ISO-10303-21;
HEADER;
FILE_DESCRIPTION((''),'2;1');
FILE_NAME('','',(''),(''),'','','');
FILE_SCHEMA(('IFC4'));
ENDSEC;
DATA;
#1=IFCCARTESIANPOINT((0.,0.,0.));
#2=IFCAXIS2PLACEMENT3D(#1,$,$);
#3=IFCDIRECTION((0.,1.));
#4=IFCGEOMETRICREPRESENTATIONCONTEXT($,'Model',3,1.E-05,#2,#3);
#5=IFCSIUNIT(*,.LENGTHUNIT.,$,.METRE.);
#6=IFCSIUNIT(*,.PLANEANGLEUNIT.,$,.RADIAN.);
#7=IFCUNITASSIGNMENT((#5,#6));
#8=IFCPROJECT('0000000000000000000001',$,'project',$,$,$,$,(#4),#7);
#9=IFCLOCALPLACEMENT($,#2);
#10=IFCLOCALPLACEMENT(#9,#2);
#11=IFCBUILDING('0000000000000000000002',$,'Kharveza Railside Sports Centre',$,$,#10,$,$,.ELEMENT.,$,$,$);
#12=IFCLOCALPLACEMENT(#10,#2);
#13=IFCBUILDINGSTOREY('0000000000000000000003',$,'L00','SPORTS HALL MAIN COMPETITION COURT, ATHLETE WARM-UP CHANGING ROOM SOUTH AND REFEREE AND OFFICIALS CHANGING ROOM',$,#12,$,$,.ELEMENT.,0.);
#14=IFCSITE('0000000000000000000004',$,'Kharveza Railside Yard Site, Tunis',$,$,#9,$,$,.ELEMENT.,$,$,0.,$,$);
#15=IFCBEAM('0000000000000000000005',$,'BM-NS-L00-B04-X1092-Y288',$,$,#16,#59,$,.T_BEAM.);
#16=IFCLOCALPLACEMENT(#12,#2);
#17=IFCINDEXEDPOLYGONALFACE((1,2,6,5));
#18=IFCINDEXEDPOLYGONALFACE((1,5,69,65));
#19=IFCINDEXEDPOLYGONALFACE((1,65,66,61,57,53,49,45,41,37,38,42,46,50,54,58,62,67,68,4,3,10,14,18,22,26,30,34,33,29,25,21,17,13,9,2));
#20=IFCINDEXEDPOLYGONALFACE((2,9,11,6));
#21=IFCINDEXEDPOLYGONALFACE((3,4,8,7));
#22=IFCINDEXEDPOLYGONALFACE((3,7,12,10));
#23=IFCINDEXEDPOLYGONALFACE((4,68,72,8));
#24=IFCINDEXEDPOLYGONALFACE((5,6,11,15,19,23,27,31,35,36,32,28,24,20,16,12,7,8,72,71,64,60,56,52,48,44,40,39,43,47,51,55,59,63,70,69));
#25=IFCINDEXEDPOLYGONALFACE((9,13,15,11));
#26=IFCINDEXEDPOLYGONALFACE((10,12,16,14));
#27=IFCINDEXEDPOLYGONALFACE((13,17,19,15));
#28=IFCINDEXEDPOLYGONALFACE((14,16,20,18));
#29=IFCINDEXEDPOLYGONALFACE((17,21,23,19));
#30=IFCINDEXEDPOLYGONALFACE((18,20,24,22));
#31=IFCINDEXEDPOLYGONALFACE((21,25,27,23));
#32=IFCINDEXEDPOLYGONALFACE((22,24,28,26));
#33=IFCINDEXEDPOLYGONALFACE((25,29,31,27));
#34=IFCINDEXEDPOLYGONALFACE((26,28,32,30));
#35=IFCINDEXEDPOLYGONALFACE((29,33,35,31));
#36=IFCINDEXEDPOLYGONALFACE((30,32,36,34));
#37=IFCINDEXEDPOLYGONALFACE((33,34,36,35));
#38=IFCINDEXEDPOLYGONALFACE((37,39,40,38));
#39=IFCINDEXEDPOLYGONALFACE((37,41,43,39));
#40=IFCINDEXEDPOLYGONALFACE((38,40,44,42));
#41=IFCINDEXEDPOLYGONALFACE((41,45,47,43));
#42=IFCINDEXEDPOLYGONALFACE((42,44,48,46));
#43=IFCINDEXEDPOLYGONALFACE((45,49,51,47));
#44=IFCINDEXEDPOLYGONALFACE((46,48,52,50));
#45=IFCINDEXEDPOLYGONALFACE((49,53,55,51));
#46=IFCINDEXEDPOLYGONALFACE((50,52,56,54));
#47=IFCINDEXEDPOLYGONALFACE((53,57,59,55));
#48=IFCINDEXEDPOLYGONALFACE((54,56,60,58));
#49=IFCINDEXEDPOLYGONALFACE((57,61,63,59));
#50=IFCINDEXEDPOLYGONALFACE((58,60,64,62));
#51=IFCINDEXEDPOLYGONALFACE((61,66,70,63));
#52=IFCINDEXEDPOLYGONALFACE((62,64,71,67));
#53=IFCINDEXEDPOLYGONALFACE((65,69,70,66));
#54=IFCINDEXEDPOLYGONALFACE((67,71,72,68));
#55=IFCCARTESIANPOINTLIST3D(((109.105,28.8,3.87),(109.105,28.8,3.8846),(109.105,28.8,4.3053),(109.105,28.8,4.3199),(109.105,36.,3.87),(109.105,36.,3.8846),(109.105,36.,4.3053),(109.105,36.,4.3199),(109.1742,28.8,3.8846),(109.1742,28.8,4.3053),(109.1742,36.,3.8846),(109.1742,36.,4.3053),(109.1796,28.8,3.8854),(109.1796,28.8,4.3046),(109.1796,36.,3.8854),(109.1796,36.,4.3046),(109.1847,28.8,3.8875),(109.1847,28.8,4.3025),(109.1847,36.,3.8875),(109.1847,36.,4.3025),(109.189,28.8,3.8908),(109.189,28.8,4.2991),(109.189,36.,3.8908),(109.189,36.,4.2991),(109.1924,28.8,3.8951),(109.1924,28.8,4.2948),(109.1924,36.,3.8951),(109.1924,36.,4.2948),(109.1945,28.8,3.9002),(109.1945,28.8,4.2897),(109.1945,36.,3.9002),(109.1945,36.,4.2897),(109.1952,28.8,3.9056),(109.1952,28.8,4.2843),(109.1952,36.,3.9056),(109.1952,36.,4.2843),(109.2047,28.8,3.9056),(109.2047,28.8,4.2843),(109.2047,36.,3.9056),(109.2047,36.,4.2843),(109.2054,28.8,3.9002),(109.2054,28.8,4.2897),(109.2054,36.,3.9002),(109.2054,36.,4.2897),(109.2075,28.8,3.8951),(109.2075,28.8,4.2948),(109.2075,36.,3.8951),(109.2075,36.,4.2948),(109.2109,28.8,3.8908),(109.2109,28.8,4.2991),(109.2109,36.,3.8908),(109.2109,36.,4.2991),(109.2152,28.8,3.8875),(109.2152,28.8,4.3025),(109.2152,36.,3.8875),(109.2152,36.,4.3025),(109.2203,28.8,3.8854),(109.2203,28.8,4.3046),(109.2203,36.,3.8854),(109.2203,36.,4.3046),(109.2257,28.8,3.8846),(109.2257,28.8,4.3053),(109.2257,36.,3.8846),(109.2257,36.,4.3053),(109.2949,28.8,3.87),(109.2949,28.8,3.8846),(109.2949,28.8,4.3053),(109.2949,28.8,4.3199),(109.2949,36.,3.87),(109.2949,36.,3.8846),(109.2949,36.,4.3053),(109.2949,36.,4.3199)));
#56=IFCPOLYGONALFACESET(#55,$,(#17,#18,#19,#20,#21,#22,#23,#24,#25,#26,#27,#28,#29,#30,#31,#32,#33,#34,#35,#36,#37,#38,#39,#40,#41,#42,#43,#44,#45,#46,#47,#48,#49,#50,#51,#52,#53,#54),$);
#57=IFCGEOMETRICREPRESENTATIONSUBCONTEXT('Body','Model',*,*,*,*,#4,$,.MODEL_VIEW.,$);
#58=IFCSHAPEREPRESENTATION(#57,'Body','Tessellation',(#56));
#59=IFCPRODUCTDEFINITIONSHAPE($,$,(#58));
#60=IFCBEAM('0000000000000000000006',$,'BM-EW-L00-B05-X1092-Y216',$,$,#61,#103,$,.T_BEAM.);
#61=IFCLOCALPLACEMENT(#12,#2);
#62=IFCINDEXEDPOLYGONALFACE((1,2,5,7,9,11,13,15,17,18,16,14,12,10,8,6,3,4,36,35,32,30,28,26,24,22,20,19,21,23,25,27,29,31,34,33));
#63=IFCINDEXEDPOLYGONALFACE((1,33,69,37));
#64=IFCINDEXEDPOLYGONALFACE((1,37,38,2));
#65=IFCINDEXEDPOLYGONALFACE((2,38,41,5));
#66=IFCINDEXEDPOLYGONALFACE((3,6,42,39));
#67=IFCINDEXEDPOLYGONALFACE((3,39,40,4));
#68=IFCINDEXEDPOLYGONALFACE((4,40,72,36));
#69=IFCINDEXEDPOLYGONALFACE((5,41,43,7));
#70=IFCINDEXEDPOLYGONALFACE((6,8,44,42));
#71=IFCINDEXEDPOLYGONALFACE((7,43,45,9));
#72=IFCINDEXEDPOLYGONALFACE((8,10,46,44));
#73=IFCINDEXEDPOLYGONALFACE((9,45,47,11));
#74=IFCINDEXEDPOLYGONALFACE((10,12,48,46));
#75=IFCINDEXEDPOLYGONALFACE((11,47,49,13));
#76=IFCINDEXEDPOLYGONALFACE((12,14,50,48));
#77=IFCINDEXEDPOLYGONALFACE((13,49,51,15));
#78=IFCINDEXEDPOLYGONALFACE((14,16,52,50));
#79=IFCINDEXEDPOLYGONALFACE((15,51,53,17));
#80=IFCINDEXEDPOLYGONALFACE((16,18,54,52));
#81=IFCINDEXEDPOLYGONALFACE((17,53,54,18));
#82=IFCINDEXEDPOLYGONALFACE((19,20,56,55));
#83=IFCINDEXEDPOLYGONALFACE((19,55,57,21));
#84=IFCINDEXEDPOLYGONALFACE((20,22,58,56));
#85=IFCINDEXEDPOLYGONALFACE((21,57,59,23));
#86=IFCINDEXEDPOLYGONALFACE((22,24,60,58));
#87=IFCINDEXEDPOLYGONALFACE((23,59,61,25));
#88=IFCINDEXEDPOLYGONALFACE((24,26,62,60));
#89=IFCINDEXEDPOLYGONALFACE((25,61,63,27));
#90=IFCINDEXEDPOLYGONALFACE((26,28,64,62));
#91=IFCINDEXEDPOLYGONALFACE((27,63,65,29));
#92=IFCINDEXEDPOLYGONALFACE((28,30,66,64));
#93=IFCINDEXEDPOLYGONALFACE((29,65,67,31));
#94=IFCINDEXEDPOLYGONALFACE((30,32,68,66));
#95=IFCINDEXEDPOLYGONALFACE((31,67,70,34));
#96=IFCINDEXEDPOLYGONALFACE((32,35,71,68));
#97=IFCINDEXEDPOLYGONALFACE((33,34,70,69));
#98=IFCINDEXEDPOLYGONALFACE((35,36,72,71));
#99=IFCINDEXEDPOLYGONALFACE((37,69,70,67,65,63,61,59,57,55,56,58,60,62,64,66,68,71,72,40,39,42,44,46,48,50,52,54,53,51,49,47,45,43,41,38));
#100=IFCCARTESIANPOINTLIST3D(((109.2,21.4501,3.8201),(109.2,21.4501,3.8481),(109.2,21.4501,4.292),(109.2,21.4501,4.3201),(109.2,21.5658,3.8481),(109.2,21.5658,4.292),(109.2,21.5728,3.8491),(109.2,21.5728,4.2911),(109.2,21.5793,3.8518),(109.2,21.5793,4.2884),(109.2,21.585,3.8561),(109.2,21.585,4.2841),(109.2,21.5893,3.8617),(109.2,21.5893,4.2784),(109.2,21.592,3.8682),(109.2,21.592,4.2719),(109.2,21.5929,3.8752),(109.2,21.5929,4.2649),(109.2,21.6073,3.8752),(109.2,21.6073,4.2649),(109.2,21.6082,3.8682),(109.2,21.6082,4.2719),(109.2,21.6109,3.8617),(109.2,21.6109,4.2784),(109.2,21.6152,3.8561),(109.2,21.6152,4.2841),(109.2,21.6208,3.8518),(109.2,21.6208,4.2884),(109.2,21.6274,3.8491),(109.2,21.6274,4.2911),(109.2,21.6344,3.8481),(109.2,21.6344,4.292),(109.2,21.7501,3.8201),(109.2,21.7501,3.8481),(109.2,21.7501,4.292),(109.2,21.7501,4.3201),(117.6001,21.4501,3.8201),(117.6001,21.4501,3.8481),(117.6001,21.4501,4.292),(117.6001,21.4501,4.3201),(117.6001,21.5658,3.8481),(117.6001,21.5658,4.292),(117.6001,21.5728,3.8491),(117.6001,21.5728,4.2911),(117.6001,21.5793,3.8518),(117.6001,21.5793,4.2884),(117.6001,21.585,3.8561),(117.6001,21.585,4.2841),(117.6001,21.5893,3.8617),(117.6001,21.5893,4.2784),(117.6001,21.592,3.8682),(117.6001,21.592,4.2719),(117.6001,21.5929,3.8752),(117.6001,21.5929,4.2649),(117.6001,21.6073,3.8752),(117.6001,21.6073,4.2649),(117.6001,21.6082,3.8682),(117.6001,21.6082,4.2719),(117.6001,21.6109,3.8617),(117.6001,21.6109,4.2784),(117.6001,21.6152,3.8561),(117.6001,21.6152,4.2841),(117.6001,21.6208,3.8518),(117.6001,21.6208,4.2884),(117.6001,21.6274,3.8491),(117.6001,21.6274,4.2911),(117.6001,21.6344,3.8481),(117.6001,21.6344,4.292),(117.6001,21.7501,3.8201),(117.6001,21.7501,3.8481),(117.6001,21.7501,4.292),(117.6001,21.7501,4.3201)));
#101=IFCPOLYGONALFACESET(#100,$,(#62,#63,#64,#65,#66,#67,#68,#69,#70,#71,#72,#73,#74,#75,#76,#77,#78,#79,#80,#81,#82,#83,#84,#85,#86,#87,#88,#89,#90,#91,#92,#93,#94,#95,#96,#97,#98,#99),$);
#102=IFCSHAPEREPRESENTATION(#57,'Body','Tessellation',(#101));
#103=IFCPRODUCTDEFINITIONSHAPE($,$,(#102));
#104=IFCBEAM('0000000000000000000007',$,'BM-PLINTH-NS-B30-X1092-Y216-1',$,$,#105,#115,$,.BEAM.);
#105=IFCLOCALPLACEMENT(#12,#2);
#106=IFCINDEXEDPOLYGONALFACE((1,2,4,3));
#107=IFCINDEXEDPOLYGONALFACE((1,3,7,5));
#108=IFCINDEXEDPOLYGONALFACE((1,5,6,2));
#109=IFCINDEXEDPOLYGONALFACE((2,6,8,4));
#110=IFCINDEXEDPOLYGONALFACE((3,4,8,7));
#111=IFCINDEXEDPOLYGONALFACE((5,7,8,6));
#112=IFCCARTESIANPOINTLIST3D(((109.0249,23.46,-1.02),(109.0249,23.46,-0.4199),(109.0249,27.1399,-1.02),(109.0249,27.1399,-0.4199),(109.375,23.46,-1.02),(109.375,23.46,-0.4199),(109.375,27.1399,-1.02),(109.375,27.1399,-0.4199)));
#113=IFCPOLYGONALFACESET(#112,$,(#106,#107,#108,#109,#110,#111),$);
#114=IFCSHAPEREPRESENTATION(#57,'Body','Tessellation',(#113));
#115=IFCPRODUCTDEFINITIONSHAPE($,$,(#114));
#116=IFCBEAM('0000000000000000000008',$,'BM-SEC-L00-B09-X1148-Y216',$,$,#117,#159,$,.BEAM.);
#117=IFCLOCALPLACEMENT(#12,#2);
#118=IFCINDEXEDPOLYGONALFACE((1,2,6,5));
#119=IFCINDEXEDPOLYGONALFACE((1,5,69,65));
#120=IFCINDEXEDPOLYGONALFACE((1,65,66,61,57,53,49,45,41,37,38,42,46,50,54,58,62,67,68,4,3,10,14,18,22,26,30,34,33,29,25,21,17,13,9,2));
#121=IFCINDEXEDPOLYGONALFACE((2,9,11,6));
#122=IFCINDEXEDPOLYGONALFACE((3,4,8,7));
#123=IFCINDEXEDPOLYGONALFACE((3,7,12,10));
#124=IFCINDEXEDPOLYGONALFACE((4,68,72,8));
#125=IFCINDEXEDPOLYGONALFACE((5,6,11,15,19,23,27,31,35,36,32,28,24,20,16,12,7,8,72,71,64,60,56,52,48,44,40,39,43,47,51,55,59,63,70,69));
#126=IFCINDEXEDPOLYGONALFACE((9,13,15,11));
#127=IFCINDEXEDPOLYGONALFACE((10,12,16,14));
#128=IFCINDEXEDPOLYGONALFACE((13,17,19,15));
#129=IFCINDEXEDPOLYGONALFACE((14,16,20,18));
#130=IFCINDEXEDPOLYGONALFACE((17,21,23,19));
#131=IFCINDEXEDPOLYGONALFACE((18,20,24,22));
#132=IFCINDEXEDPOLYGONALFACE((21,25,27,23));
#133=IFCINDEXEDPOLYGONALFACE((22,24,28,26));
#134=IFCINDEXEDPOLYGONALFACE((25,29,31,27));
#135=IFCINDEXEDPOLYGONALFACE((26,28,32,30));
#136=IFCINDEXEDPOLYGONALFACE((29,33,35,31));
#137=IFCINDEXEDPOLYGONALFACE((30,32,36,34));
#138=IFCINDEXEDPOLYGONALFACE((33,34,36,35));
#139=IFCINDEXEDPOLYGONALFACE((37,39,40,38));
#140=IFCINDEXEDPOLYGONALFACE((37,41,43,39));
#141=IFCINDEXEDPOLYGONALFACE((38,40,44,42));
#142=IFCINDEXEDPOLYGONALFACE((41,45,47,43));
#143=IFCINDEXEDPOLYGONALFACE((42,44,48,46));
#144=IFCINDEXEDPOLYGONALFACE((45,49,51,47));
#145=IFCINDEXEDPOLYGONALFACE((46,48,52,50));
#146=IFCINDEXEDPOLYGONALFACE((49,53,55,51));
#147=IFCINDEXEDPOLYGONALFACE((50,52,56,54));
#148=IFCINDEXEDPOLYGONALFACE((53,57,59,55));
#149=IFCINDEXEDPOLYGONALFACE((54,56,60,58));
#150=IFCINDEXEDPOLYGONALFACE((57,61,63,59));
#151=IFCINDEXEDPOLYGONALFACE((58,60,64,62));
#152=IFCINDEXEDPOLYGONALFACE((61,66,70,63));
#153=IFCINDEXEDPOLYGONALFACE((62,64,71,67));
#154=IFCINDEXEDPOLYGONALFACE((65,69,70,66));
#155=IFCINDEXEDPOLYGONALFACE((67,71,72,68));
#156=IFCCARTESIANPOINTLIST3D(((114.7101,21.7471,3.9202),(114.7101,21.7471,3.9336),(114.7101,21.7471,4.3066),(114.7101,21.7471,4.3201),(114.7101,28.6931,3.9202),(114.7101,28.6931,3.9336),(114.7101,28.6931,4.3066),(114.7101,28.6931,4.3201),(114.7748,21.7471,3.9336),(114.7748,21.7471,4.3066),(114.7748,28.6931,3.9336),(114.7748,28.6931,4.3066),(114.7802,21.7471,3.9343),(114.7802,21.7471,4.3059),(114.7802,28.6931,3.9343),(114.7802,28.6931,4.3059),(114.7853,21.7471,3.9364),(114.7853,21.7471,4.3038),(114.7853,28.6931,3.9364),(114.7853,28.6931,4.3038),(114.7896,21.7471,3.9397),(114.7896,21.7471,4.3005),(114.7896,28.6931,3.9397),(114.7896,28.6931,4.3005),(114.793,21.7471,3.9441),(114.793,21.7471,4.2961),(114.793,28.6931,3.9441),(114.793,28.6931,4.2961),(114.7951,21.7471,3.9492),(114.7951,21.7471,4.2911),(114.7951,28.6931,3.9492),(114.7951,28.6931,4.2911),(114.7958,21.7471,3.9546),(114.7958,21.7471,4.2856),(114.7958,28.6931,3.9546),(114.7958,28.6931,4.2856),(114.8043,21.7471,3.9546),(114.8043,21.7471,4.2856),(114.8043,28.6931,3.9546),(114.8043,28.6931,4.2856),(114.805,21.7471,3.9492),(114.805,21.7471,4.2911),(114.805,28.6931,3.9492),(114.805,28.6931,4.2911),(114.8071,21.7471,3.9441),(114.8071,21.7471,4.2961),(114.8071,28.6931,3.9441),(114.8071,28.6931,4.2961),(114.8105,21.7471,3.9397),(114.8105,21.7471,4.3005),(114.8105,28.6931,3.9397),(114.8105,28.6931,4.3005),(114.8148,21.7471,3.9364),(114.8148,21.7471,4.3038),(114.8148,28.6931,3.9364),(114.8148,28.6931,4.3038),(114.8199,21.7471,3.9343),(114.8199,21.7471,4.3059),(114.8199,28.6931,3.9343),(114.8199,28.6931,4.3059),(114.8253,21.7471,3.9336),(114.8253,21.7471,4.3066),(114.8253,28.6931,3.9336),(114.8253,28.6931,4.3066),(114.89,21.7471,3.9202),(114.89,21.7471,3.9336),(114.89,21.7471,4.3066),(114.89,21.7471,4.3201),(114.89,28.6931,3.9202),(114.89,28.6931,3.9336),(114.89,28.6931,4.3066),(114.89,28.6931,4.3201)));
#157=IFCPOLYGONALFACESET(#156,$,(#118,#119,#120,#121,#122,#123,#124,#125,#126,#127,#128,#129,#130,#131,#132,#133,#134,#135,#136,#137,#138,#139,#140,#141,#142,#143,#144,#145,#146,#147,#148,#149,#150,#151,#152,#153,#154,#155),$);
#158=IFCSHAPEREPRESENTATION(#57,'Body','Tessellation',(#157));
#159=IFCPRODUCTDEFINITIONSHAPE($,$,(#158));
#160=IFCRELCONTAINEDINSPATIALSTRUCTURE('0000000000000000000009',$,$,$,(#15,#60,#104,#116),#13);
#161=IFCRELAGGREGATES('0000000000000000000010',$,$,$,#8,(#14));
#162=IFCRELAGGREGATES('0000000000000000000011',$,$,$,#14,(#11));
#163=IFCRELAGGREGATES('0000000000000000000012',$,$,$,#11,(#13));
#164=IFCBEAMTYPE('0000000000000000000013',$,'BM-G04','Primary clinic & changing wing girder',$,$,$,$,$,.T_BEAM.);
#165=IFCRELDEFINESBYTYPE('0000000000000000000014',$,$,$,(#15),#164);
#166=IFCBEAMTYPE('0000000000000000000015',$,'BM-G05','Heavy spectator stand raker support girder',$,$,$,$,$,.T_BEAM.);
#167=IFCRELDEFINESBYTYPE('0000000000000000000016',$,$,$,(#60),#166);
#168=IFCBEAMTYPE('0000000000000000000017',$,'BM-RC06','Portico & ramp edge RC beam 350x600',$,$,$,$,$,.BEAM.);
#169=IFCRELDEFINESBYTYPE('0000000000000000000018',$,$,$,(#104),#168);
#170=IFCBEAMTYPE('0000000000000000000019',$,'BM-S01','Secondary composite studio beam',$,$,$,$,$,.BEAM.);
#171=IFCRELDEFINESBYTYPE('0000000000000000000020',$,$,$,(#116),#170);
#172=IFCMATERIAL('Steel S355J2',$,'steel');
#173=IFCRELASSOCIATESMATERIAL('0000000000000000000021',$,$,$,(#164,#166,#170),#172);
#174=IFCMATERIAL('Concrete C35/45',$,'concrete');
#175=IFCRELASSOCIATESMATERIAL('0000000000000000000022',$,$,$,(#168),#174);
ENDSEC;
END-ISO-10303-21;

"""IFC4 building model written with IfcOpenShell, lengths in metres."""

from ifc_helpers import new_model, si_unit, direction, frame, origin, origin_2d, place, context, subcontext, project, spatial, rectangle, i_section, extrude, material, material_profile, profile_set, type_object, element, save


model = new_model("IFC4")

# Units and contexts
model_context = context("Model", 3, precision=1e-05, world=origin(), true_north=direction((0.0, 1.0)))
body_context = subcontext(model_context, "Body", "Model", "MODEL_VIEW")
ifc_project = project(units=[si_unit("LENGTHUNIT", "METRE"), si_unit("PLANEANGLEUNIT", "RADIAN")], contexts=[model_context])

# Site, building, storey
site_placement = place(None, origin())
site = spatial("IfcSite", under=ifc_project, at=site_placement, Name="Kharveza Railside Yard Site, Tunis", CompositionType="ELEMENT", RefElevation=0.0)
building_placement = place(site_placement, origin())
building = spatial("IfcBuilding", under=site, at=building_placement, Name="Kharveza Railside Sports Centre", CompositionType="ELEMENT")
storey_placement = place(building_placement, origin())
storey = spatial("IfcBuildingStorey", under=building, at=storey_placement, Name="L00", Description="SPORTS HALL MAIN COMPETITION COURT, ATHLETE WARM-UP CHANGING ROOM SOUTH AND REFEREE AND OFFICIALS CHANGING ROOM", CompositionType="ELEMENT", Elevation=0.0)

# Shared definitions
ifc_material_1 = material(Name="Concrete C35/45", Category="concrete")

# Shared definitions
ifc_material_2 = material(Name="Steel S355J2", Category="steel")

# Beams
ifc_material_profile_1 = material_profile(ifc_material_2, i_section(OverallWidth=0.1899, OverallDepth=0.45, WebThickness=0.0095, FlangeThickness=0.0146, FilletRadius=0.021, at=origin_2d()), Name="IPE 450")
ifc_profile_set_1 = profile_set([ifc_material_profile_1], Name="Steel S355J2")
beam_type_1 = type_object("IfcBeamType", Name="BM-G04", Description="Primary clinic & changing wing girder", PredefinedType="T_BEAM", material=ifc_profile_set_1)
for number, where, z_axis, x_axis, name in (
    (1, (109.2, 28.8, 4.095), (0.0, 1.0, 0.0), (-1.0, 0.0, 0.0), "BM-NS-L00-B04-X1092-Y288"),
):
    element("IfcBeam", number, at=place(storey_placement, frame(where, z_axis=z_axis, x_axis=x_axis)), inside=storey, type_object=beam_type_1, Name=name, PredefinedType="T_BEAM", context=body_context, shape_type="SweptSolid", body=[
        extrude(i_section(OverallWidth=0.1899, OverallDepth=0.45, WebThickness=0.0095, FlangeThickness=0.0146, FilletRadius=0.021, at=origin_2d()), origin(), (0.0, 0.0, 1.0), 7.2),
    ])
ifc_material_profile_2 = material_profile(ifc_material_2, i_section(OverallWidth=0.3, OverallDepth=0.5, WebThickness=0.0144, FlangeThickness=0.0281, FilletRadius=0.0271, at=origin_2d()), Name="HEB 500")
ifc_profile_set_2 = profile_set([ifc_material_profile_2], Name="Steel S355J2")
beam_type_2 = type_object("IfcBeamType", Name="BM-G05", Description="Heavy spectator stand raker support girder", PredefinedType="T_BEAM", material=ifc_profile_set_2)
beam_1_placement = place(storey_placement, frame((109.2, 21.6001, 4.0701), z_axis=(1.0, 0.0, 0.0), x_axis=(0.0, 1.0, 0.0)))
element("IfcBeam", 2, at=beam_1_placement, inside=storey, type_object=beam_type_2, Name="BM-EW-L00-B05-X1092-Y216", PredefinedType="T_BEAM", context=body_context, shape_type="SweptSolid", body=[
    extrude(i_section(OverallWidth=0.3, OverallDepth=0.5, WebThickness=0.0144, FlangeThickness=0.0281, FilletRadius=0.0271, at=origin_2d()), origin(), (0.0, 0.0, 1.0), 8.4001),
])
ifc_material_profile_3 = material_profile(ifc_material_1, rectangle(XDim=0.3501, YDim=0.6001, at=origin_2d()), Name="RCB 350x600")
ifc_profile_set_3 = profile_set([ifc_material_profile_3], Name="Concrete C35/45")
beam_type_3 = type_object("IfcBeamType", Name="BM-RC06", Description="Portico & ramp edge RC beam 350x600", PredefinedType="BEAM", material=ifc_profile_set_3)
beam_2_placement = place(storey_placement, frame((109.2, 23.46, -0.72), z_axis=(0.0, 1.0, 0.0), x_axis=(-1.0, 0.0, 0.0)))
element("IfcBeam", 3, at=beam_2_placement, inside=storey, type_object=beam_type_3, Name="BM-PLINTH-NS-B30-X1092-Y216-1", PredefinedType="BEAM", context=body_context, shape_type="SweptSolid", body=[
    extrude(rectangle(XDim=0.3501, YDim=0.6001, at=origin_2d()), origin(), (0.0, 0.0, 1.0), 3.6799),
])
ifc_material_profile_4 = material_profile(ifc_material_2, i_section(OverallWidth=0.1799, OverallDepth=0.3999, WebThickness=0.0085, FlangeThickness=0.0134, FilletRadius=0.021, at=origin_2d()), Name="IPE 400")
ifc_profile_set_4 = profile_set([ifc_material_profile_4], Name="Steel S355J2")
beam_type_4 = type_object("IfcBeamType", Name="BM-S01", Description="Secondary composite studio beam", PredefinedType="BEAM", material=ifc_profile_set_4)
beam_3_placement = place(storey_placement, frame((114.8, 21.7471, 4.1201), z_axis=(0.0, 1.0, 0.0), x_axis=(-1.0, 0.0, 0.0)))
element("IfcBeam", 4, at=beam_3_placement, inside=storey, type_object=beam_type_4, Name="BM-SEC-L00-B09-X1148-Y216", PredefinedType="BEAM", context=body_context, shape_type="SweptSolid", body=[
    extrude(i_section(OverallWidth=0.1799, OverallDepth=0.3999, WebThickness=0.0085, FlangeThickness=0.0134, FilletRadius=0.021, at=origin_2d()), origin(), (0.0, 0.0, 1.0), 6.946),
])

save(model, "model.ifc")
